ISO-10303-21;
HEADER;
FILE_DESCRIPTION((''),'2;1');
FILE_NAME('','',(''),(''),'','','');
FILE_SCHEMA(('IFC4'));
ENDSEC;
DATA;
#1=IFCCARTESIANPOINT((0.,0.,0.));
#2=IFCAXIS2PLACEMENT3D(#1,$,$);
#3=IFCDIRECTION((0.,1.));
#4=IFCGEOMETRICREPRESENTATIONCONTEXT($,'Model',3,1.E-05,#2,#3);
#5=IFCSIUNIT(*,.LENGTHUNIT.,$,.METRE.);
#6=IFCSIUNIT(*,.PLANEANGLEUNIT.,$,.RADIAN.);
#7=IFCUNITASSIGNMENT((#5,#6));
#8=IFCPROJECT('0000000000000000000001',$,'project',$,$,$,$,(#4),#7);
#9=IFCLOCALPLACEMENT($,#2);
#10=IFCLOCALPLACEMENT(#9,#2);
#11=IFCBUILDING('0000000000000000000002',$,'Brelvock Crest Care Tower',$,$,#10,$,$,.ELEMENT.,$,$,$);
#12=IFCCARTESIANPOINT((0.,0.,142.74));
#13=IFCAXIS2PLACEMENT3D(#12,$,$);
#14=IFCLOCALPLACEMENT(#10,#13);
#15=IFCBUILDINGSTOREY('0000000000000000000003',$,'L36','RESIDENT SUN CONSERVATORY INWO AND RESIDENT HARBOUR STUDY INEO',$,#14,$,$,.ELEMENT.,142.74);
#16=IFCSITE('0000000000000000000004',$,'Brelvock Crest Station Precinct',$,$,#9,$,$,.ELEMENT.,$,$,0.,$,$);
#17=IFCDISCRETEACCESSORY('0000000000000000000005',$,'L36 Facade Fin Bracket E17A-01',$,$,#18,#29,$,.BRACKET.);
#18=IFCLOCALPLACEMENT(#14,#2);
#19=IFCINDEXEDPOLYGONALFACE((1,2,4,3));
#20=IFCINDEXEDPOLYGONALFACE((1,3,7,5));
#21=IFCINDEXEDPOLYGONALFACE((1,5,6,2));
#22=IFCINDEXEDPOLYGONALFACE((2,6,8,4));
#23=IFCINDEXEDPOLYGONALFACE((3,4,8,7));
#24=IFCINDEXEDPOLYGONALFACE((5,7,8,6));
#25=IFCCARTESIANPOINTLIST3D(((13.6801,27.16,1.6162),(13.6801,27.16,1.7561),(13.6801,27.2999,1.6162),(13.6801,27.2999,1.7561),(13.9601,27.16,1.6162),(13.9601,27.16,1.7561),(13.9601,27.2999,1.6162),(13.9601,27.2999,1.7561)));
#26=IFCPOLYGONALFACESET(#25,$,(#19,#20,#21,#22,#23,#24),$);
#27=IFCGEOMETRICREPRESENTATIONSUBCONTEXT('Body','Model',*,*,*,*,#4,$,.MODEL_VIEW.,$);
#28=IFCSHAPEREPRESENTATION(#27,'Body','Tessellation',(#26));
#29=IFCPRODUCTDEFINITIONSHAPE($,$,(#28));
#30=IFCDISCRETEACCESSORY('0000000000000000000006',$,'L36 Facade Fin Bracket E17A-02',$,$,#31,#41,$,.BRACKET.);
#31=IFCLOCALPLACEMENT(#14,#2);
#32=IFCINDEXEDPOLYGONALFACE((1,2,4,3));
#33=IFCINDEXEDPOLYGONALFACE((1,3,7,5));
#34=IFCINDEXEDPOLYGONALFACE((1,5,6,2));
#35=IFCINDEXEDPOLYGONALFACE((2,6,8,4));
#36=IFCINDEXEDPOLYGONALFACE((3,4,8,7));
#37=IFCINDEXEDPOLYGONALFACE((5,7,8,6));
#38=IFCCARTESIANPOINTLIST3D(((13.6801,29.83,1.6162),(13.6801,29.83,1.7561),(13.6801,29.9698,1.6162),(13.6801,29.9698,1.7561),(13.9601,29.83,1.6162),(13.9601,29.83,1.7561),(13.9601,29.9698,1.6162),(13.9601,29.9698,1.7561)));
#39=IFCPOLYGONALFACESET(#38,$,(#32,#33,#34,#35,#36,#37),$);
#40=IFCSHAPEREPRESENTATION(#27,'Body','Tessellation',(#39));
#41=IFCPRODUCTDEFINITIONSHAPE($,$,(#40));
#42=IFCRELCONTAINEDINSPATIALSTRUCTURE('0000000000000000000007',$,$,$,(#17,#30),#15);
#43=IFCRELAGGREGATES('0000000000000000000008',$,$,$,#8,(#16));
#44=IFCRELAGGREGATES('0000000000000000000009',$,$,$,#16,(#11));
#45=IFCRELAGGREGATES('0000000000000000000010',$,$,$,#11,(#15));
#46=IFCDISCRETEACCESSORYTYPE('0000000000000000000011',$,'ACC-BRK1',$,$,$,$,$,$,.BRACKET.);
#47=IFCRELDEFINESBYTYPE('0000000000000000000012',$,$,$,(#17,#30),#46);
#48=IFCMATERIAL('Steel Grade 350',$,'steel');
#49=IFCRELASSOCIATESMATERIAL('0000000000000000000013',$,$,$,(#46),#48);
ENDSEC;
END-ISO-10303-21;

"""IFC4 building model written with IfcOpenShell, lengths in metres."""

from ifc_helpers import new_model, si_unit, direction, frame, origin, origin_2d, place, context, subcontext, project, spatial, rectangle, extrude, source, transform, mapped, material, type_object, element, save


model = new_model("IFC4")

# Units and contexts
model_context = context("Model", 3, precision=1e-05, world=origin(), true_north=direction((0.0, 1.0)))
body_context = subcontext(model_context, "Body", "Model", "MODEL_VIEW")
ifc_project = project(units=[si_unit("LENGTHUNIT", "METRE"), si_unit("PLANEANGLEUNIT", "RADIAN")], contexts=[model_context])

# Site, building, storey
site_placement = place(None, origin())
site = spatial("IfcSite", under=ifc_project, at=site_placement, Name="Brelvock Crest Station Precinct", CompositionType="ELEMENT", RefElevation=0.0)
building_placement = place(site_placement, origin())
building = spatial("IfcBuilding", under=site, at=building_placement, Name="Brelvock Crest Care Tower", CompositionType="ELEMENT")
storey_placement = place(building_placement, frame((0.0, 0.0, 142.74)))
storey = spatial("IfcBuildingStorey", under=building, at=storey_placement, Name="L36", Description="RESIDENT SUN CONSERVATORY INWO AND RESIDENT HARBOUR STUDY INEO", CompositionType="ELEMENT", Elevation=142.74)

# Shared definitions
ifc_material_1 = material(Name="Steel Grade 350", Category="steel")

# Discrete accessories
discrete_accessory_type = type_object("IfcDiscreteAccessoryType", Name="ACC-BRK1", PredefinedType="BRACKET", material=ifc_material_1)
shared_shape_1 = source(origin(), body_context, "Body", "SweptSolid", [
    extrude(rectangle(XDim=0.28, YDim=0.1399, at=origin_2d()), origin(), (0.0, 0.0, 1.0), 0.1399),
])
for number, where, z_axis, x_axis, name in (
    (1, (13.8201, 27.23, 1.6162), (0.0, 0.0, 1.0), (-1.0, 0.0, 0.0), "L36 Facade Fin Bracket E17A-01"),
    (2, (13.8201, 29.8999, 1.6162), (0.0, 0.0, 1.0), (-1.0, 0.0, 0.0), "L36 Facade Fin Bracket E17A-02"),
):
    element("IfcDiscreteAccessory", number, at=place(storey_placement, frame(where, z_axis=z_axis, x_axis=x_axis)), inside=storey, type_object=discrete_accessory_type, Name=name, PredefinedType="BRACKET", context=body_context, shape_type="MappedRepresentation", body=[
        mapped(shared_shape_1, transform((0.0, 0.0, 0.0), x_axis=(1.0, 0.0, 0.0), y_axis=(0.0, 1.0, 0.0), z_axis=(0.0, 0.0, 1.0), scale=1.0)),
    ])

save(model, "model.ifc")
